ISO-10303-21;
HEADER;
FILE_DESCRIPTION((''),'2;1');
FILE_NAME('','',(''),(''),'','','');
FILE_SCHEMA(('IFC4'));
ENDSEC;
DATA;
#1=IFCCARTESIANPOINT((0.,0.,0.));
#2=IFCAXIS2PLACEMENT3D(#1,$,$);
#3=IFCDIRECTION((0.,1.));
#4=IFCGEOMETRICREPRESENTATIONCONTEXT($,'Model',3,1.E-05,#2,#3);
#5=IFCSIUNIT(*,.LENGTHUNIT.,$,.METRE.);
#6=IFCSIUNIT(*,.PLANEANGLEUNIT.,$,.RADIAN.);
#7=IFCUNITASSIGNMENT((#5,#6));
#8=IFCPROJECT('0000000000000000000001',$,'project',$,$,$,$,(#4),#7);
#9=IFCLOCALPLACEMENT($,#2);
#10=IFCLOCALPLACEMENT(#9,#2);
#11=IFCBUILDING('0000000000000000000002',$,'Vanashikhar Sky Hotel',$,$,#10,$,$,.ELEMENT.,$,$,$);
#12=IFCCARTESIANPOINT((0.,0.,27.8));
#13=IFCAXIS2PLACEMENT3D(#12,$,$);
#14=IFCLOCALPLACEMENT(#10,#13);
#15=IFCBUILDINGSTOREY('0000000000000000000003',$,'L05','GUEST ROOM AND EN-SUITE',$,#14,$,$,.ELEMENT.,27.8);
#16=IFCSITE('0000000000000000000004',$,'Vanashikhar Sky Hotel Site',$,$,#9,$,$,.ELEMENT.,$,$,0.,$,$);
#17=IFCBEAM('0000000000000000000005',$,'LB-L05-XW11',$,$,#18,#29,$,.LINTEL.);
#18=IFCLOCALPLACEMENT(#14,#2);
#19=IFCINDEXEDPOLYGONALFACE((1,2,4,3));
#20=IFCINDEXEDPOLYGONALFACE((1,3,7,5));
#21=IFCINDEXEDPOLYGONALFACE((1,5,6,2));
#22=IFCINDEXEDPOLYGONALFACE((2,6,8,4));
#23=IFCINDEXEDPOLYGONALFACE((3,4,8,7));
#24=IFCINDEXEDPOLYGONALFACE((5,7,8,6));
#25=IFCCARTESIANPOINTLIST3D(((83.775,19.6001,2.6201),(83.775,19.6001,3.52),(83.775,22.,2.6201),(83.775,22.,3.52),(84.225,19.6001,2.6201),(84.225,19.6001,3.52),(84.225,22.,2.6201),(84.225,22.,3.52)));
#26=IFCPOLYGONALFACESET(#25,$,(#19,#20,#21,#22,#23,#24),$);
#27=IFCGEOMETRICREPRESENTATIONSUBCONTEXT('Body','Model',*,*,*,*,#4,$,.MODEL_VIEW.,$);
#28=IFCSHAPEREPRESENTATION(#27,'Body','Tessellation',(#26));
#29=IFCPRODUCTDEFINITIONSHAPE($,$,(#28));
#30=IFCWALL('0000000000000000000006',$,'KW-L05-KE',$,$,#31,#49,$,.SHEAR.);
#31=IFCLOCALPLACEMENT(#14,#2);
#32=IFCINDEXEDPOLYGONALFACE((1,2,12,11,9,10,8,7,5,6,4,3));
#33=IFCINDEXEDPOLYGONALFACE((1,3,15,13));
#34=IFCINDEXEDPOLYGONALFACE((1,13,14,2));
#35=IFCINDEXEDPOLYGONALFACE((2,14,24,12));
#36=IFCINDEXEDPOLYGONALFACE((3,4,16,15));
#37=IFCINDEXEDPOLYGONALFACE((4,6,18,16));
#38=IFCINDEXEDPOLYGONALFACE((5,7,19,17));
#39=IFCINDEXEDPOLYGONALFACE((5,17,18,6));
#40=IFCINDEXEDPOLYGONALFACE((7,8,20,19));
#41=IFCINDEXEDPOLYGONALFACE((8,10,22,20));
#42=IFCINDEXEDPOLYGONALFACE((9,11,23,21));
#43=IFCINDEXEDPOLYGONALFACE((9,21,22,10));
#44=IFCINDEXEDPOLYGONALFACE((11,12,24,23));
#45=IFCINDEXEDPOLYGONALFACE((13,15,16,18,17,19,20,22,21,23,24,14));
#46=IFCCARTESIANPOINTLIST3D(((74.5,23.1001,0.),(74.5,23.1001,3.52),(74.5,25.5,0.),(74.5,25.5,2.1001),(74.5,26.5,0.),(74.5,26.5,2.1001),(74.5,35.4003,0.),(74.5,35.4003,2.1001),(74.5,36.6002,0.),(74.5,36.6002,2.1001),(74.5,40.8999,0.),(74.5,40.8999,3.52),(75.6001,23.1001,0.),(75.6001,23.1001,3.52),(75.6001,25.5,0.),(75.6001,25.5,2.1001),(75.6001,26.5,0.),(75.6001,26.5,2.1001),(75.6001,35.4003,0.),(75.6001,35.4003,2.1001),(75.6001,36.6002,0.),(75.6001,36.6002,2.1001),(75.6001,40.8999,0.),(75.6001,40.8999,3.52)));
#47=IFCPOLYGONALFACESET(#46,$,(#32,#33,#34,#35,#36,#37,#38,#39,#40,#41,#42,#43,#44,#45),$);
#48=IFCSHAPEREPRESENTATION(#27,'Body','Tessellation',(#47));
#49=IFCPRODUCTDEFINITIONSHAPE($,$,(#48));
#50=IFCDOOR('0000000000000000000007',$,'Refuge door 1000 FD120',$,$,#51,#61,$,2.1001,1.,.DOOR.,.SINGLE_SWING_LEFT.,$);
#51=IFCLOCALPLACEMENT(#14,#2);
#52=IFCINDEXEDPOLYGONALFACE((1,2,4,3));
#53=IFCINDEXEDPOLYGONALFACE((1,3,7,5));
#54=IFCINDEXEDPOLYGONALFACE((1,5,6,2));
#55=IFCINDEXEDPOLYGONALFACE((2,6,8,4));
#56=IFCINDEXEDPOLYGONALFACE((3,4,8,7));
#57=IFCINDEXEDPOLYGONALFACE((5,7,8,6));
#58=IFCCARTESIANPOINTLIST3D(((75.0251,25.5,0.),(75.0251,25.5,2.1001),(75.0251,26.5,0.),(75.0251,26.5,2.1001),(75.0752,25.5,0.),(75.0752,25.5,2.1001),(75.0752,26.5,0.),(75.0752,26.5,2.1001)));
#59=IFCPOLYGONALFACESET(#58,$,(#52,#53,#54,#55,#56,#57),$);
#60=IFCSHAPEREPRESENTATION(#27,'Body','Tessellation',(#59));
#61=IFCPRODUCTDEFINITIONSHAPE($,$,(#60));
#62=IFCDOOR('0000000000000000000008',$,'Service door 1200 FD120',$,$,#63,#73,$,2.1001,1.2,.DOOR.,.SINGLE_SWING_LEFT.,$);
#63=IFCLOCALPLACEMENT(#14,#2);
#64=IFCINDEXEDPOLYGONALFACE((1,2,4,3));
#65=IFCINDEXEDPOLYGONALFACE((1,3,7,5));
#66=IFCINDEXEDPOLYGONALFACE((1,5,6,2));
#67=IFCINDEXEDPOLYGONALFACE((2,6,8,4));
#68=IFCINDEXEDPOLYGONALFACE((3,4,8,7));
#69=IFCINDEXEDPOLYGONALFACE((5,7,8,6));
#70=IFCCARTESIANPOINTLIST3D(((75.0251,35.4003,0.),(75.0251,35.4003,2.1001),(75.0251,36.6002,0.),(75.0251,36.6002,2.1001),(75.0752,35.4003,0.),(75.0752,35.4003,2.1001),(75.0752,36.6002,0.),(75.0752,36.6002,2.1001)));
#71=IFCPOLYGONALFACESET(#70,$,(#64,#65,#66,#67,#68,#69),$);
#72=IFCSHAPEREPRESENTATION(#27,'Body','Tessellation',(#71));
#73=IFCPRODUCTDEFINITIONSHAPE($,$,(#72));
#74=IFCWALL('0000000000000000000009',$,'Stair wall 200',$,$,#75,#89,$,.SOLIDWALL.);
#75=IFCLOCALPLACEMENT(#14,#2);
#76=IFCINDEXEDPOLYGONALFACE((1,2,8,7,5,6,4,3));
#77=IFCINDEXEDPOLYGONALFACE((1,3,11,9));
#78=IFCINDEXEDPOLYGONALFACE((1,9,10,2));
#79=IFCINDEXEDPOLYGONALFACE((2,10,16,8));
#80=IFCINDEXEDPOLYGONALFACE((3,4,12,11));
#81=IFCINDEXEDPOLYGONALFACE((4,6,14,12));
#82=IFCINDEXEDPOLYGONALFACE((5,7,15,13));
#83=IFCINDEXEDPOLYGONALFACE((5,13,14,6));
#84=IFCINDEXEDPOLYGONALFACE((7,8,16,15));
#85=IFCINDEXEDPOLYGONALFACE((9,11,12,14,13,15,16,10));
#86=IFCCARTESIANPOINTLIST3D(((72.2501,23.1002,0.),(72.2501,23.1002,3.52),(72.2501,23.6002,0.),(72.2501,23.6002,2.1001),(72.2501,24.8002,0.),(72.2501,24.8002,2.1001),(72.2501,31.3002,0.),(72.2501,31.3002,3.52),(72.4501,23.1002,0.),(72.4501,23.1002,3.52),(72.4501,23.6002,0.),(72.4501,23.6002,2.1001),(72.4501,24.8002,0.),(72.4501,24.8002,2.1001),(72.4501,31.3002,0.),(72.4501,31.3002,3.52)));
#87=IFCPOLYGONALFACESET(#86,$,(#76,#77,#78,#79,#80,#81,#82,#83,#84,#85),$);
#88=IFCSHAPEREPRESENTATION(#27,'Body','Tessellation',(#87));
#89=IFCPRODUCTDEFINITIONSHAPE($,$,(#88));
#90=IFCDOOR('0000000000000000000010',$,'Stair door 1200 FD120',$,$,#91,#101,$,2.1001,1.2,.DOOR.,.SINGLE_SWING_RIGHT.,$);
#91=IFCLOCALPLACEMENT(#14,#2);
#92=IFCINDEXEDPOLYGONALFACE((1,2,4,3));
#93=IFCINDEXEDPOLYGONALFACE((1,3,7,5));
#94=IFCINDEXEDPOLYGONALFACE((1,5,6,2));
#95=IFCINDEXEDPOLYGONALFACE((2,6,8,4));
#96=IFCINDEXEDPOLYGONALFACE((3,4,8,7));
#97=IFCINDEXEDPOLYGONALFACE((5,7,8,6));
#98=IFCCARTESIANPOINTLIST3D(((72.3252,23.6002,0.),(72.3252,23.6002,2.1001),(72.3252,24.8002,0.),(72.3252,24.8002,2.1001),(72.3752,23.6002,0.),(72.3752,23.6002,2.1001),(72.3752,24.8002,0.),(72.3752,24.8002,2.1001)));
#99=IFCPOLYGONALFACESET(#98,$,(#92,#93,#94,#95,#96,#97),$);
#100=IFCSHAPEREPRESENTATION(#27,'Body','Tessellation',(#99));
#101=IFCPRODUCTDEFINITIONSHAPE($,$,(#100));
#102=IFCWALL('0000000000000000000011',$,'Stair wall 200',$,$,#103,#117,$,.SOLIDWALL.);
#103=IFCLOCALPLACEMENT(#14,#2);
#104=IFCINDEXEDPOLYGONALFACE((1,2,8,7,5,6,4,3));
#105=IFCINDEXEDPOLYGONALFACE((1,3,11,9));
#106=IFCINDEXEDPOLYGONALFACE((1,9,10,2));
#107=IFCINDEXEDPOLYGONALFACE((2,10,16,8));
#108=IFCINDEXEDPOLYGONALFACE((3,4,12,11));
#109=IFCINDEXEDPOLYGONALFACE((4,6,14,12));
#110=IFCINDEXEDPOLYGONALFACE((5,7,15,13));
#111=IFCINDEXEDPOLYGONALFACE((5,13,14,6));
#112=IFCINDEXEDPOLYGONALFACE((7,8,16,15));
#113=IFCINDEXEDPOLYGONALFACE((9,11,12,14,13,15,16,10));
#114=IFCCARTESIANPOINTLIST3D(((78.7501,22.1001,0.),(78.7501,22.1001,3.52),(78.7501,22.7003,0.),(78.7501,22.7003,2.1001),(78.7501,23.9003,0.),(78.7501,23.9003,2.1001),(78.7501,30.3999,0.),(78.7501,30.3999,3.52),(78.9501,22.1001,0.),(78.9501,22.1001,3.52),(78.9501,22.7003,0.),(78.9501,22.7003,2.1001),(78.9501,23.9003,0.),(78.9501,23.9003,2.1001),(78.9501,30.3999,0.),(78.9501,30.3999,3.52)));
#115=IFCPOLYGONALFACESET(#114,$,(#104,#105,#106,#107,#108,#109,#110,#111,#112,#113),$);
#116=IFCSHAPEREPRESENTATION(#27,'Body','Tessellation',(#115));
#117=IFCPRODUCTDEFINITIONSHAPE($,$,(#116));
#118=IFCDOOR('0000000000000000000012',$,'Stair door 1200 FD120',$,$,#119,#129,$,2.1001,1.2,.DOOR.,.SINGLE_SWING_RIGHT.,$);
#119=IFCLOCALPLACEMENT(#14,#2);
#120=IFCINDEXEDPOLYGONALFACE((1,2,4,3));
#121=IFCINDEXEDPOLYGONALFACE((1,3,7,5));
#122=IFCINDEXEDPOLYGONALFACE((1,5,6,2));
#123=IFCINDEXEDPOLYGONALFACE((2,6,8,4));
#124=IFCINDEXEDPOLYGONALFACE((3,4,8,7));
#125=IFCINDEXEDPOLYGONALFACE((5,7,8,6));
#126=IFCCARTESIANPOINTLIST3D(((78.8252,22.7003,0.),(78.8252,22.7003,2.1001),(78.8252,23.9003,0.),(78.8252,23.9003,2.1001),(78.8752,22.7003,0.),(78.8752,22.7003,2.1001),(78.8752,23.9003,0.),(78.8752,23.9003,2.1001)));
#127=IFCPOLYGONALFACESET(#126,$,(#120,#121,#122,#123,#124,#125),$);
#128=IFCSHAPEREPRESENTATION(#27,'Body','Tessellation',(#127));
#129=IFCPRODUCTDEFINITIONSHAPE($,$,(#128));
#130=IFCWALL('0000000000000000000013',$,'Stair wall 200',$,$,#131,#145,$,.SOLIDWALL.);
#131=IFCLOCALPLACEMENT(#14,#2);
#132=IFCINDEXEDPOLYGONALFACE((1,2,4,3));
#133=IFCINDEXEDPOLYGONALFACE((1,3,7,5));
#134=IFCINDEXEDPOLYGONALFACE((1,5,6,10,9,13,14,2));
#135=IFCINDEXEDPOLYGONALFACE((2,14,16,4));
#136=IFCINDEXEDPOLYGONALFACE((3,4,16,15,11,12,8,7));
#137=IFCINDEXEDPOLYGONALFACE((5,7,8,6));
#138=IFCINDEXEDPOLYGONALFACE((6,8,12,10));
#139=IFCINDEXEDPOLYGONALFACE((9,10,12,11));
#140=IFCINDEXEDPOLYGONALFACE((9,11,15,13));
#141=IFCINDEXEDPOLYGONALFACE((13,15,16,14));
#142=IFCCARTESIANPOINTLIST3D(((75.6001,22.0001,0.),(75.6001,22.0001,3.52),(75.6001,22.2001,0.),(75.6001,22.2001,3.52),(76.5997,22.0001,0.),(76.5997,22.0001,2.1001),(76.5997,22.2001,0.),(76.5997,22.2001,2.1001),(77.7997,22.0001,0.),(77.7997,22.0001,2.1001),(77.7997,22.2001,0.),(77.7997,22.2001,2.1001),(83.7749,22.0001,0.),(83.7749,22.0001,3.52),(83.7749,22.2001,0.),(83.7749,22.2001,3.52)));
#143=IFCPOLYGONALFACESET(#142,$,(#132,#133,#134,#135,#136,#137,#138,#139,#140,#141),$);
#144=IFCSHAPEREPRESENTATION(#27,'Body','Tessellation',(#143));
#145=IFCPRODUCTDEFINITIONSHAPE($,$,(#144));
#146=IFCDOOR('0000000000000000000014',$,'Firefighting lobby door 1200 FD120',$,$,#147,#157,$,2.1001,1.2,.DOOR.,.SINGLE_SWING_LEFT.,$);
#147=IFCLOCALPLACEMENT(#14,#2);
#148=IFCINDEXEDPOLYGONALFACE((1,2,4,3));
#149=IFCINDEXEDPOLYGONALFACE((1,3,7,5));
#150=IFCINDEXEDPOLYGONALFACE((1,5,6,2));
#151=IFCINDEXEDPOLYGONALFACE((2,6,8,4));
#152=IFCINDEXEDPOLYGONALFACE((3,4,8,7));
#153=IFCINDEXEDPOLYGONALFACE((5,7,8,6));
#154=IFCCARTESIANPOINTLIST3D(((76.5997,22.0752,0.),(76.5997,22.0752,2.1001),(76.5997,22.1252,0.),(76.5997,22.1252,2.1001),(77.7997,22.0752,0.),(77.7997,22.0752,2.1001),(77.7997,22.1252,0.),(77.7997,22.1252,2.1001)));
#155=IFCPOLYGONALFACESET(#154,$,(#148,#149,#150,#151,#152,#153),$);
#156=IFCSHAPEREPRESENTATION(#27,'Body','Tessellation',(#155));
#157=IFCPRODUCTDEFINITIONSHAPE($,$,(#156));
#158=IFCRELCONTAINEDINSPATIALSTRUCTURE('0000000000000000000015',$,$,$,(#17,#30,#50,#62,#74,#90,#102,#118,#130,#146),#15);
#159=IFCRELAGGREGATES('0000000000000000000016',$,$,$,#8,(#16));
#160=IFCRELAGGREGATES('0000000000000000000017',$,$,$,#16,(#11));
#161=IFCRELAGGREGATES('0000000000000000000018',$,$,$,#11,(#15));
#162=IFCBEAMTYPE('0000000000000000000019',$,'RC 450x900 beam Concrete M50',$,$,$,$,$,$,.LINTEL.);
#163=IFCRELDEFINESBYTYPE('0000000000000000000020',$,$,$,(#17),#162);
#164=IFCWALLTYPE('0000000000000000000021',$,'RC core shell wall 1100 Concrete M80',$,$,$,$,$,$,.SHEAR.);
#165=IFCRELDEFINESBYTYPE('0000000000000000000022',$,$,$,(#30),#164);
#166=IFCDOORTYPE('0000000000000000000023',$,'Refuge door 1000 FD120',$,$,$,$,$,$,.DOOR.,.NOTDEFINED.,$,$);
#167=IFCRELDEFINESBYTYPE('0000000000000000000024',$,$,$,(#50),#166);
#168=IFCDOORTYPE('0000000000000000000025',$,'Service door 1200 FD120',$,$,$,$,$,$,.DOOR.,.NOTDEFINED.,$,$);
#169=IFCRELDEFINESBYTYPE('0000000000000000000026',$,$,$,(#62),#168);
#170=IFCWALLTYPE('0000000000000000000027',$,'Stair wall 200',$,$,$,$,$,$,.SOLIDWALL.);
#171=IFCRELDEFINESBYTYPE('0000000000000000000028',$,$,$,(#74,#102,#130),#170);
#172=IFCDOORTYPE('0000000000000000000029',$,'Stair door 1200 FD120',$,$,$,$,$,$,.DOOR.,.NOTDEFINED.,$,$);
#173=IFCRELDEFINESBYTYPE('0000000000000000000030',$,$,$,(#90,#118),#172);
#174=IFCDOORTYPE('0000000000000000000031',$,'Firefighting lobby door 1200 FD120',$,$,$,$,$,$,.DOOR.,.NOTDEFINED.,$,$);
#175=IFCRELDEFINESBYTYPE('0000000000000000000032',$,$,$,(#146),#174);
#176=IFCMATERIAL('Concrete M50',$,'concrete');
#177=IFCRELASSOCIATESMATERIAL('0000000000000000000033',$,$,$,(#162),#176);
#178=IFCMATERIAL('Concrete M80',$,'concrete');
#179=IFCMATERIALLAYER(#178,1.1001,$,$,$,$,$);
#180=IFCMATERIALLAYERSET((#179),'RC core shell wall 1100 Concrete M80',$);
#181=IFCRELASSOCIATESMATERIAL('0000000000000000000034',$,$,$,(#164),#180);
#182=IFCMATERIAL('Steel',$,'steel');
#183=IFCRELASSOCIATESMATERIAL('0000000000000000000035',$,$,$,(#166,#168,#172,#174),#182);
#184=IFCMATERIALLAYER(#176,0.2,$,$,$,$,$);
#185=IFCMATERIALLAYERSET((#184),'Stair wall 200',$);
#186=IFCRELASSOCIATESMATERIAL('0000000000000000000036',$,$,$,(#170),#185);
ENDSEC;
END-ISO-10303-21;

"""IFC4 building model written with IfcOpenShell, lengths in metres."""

from ifc_helpers import new_model, si_unit, direction, frame, frame_2d, origin, origin_2d, place, context, subcontext, project, spatial, rectangle, extrude, source, transform, mapped, material, layer, layer_set, material_profile, profile_set, type_object, element, fill, save


model = new_model("IFC4")

# Units and contexts
model_context = context("Model", 3, precision=1e-05, world=origin(), true_north=direction((0.0, 1.0)))
body_context = subcontext(model_context, "Body", "Model", "MODEL_VIEW")
ifc_project = project(units=[si_unit("LENGTHUNIT", "METRE"), si_unit("PLANEANGLEUNIT", "RADIAN")], contexts=[model_context])

# Site, building, storey
site_placement = place(None, origin())
site = spatial("IfcSite", under=ifc_project, at=site_placement, Name="Vanashikhar Sky Hotel Site", CompositionType="ELEMENT", RefElevation=0.0)
building_placement = place(site_placement, origin())
building = spatial("IfcBuilding", under=site, at=building_placement, Name="Vanashikhar Sky Hotel", CompositionType="ELEMENT")
storey_placement = place(building_placement, frame((0.0, 0.0, 27.8)))
storey = spatial("IfcBuildingStorey", under=building, at=storey_placement, Name="L05", Description="GUEST ROOM AND EN-SUITE", CompositionType="ELEMENT", Elevation=27.8)

# Beam
ifc_material_1 = material(Name="Concrete M50", Category="concrete")
ifc_material_profile = material_profile(ifc_material_1, rectangle(XDim=0.45, YDim=0.8999, at=origin_2d()))
ifc_profile_set = profile_set([ifc_material_profile], Name="RC 450x900 beam Concrete M50")
beam_type = type_object("IfcBeamType", Name="RC 450x900 beam Concrete M50", PredefinedType="LINTEL", material=ifc_profile_set)
shared_shape_1 = source(origin(), body_context, "Body", "SweptSolid", [
    extrude(rectangle(XDim=0.45, YDim=0.8999, at=origin_2d()), origin(), (0.0, 0.0, 1.0), 2.3999),
])
beam_placement = place(storey_placement, frame((84.0, 19.6001, 3.0701), z_axis=(0.0, 1.0, 0.0), x_axis=(-1.0, 0.0, 0.0)))
element("IfcBeam", 1, at=beam_placement, inside=storey, type_object=beam_type, Name="LB-L05-XW11", PredefinedType="LINTEL", context=body_context, shape_type="MappedRepresentation", body=[
    mapped(shared_shape_1, transform((0.0, 0.0, 0.0), scale=1.0)),
])

# Wall, openings, doors
ifc_material_2 = material(Name="Concrete M80", Category="concrete")
ifc_layer_1 = layer(ifc_material_2, 1.1001)
ifc_layer_set_1 = layer_set([ifc_layer_1], Name="RC core shell wall 1100 Concrete M80")
wall_type_1 = type_object("IfcWallType", Name="RC core shell wall 1100 Concrete M80", PredefinedType="SHEAR", material=ifc_layer_set_1)
shared_shape_2 = source(origin(), body_context, "Body", "SweptSolid", [
    extrude(rectangle(XDim=17.7998, YDim=1.1001, at=frame_2d((8.8999, 0.0))), origin(), (0.0, 0.0, 1.0), 3.52),
])
wall_1_placement = place(storey_placement, frame((75.05, 23.1001, 0.0), z_axis=(0.0, 0.0, 1.0), x_axis=(0.0, 1.0, 0.0)))
wall_1 = element("IfcWall", 2, at=wall_1_placement, inside=storey, type_object=wall_type_1, Name="KW-L05-KE", PredefinedType="SHEAR", context=body_context, shape_type="MappedRepresentation", body=[
    mapped(shared_shape_2, transform((0.0, 0.0, 0.0), scale=1.0)),
])
shared_shape_3 = source(origin(), body_context, "Body", "SweptSolid", [
    extrude(rectangle(XDim=1.0, YDim=2.1001, at=frame_2d((0.5, 1.05))), frame((0.0, 0.5601, 0.0), z_axis=(0.0, -1.0, 0.0), x_axis=(1.0, 0.0, 0.0)), (0.0, 0.0, 1.0), 1.1201),
])
opening_1_placement = place(wall_1_placement, frame((2.3999, 0.0, 0.0)))
opening_1 = element("IfcOpeningElement", 3, at=opening_1_placement, cuts=wall_1, PredefinedType="OPENING", context=body_context, shape_type="MappedRepresentation", body=[
    mapped(shared_shape_3, transform((0.0, 0.0, 0.0), scale=1.0)),
])
shared_shape_4 = source(origin(), body_context, "Body", "SweptSolid", [
    extrude(rectangle(XDim=1.2, YDim=2.1001, at=frame_2d((0.6001, 1.05))), frame((0.0, 0.5601, 0.0), z_axis=(0.0, -1.0, 0.0), x_axis=(1.0, 0.0, 0.0)), (0.0, 0.0, 1.0), 1.1201),
])
opening_2_placement = place(wall_1_placement, frame((12.3, 0.0, 0.0)))
opening_2 = element("IfcOpeningElement", 4, at=opening_2_placement, cuts=wall_1, PredefinedType="OPENING", context=body_context, shape_type="MappedRepresentation", body=[
    mapped(shared_shape_4, transform((0.0, 0.0, 0.0), scale=1.0)),
])
ifc_material_3 = material(Name="Steel", Category="steel")
door_type_1 = type_object("IfcDoorType", Name="Refuge door 1000 FD120", OperationType="NOTDEFINED", PredefinedType="DOOR", material=ifc_material_3)
shared_shape_5 = source(origin(), body_context, "Body", "SweptSolid", [
    extrude(rectangle(XDim=1.0, YDim=2.1001, at=frame_2d((0.5, 1.05))), frame((0.0, 0.0249, 0.0), z_axis=(0.0, -1.0, 0.0), x_axis=(1.0, 0.0, 0.0)), (0.0, 0.0, 1.0), 0.05),
])
door_1_placement = place(opening_1_placement, origin())
door_1 = element("IfcDoor", 5, at=door_1_placement, inside=storey, type_object=door_type_1, Name="Refuge door 1000 FD120", OperationType="SINGLE_SWING_LEFT", OverallHeight=2.1001, OverallWidth=1.0, PredefinedType="DOOR", context=body_context, shape_type="MappedRepresentation", body=[
    mapped(shared_shape_5, transform((0.0, 0.0, 0.0), scale=1.0)),
])
fill(opening_1, door_1)
door_type_2 = type_object("IfcDoorType", Name="Service door 1200 FD120", OperationType="NOTDEFINED", PredefinedType="DOOR", material=ifc_material_3)
shared_shape_6 = source(origin(), body_context, "Body", "SweptSolid", [
    extrude(rectangle(XDim=1.2, YDim=2.1001, at=frame_2d((0.6001, 1.05))), frame((0.0, 0.0249, 0.0), z_axis=(0.0, -1.0, 0.0), x_axis=(1.0, 0.0, 0.0)), (0.0, 0.0, 1.0), 0.05),
])
door_2_placement = place(opening_2_placement, origin())
door_2 = element("IfcDoor", 6, at=door_2_placement, inside=storey, type_object=door_type_2, Name="Service door 1200 FD120", OperationType="SINGLE_SWING_LEFT", OverallHeight=2.1001, OverallWidth=1.2, PredefinedType="DOOR", context=body_context, shape_type="MappedRepresentation", body=[
    mapped(shared_shape_6, transform((0.0, 0.0, 0.0), scale=1.0)),
])
fill(opening_2, door_2)

# Walls, openings, doors
ifc_layer_2 = layer(ifc_material_1, 0.2)
ifc_layer_set_2 = layer_set([ifc_layer_2], Name="Stair wall 200")
wall_type_2 = type_object("IfcWallType", Name="Stair wall 200", PredefinedType="SOLIDWALL", material=ifc_layer_set_2)
shared_shape_7 = source(origin(), body_context, "Body", "SweptSolid", [
    extrude(rectangle(XDim=8.2, YDim=0.2, at=frame_2d((4.1001, 0.0))), origin(), (0.0, 0.0, 1.0), 3.52),
])
wall_2_placement = place(storey_placement, frame((72.3501, 23.1001, 0.0), z_axis=(0.0, 0.0, 1.0), x_axis=(0.0, 1.0, 0.0)))
wall_2 = element("IfcWall", 7, at=wall_2_placement, inside=storey, type_object=wall_type_2, Name="Stair wall 200", PredefinedType="SOLIDWALL", context=body_context, shape_type="MappedRepresentation", body=[
    mapped(shared_shape_7, transform((0.0, 0.0, 0.0), scale=1.0)),
])
shared_shape_8 = source(origin(), body_context, "Body", "SweptSolid", [
    extrude(rectangle(XDim=1.2, YDim=2.1001, at=frame_2d((0.6001, 1.05))), frame((0.0, 0.1099, 0.0), z_axis=(0.0, -1.0, 0.0), x_axis=(1.0, 0.0, 0.0)), (0.0, 0.0, 1.0), 0.22),
])
opening_3_placement = place(wall_2_placement, frame((0.5, 0.0, 0.0)))
opening_3 = element("IfcOpeningElement", 8, at=opening_3_placement, cuts=wall_2, PredefinedType="OPENING", context=body_context, shape_type="MappedRepresentation", body=[
    mapped(shared_shape_8, transform((0.0, 0.0, 0.0), scale=1.0)),
])
door_type_3 = type_object("IfcDoorType", Name="Stair door 1200 FD120", OperationType="NOTDEFINED", PredefinedType="DOOR", material=ifc_material_3)
door_3_placement = place(opening_3_placement, origin())
door_3 = element("IfcDoor", 9, at=door_3_placement, inside=storey, type_object=door_type_3, Name="Stair door 1200 FD120", OperationType="SINGLE_SWING_RIGHT", OverallHeight=2.1001, OverallWidth=1.2, PredefinedType="DOOR", context=body_context, shape_type="MappedRepresentation", body=[
    mapped(shared_shape_6, transform((0.0, 0.0, 0.0), scale=1.0)),
])
fill(opening_3, door_3)
shared_shape_9 = source(origin(), body_context, "Body", "SweptSolid", [
    extrude(rectangle(XDim=8.2998, YDim=0.2, at=frame_2d((4.1499, 0.0))), origin(), (0.0, 0.0, 1.0), 3.52),
])
wall_3_placement = place(storey_placement, frame((78.8501, 22.1001, 0.0), z_axis=(0.0, 0.0, 1.0), x_axis=(0.0, 1.0, 0.0)))
wall_3 = element("IfcWall", 10, at=wall_3_placement, inside=storey, type_object=wall_type_2, Name="Stair wall 200", PredefinedType="SOLIDWALL", context=body_context, shape_type="MappedRepresentation", body=[
    mapped(shared_shape_9, transform((0.0, 0.0, 0.0), scale=1.0)),
])
opening_4_placement = place(wall_3_placement, frame((0.6001, 0.0, 0.0)))
opening_4 = element("IfcOpeningElement", 11, at=opening_4_placement, cuts=wall_3, PredefinedType="OPENING", context=body_context, shape_type="MappedRepresentation", body=[
    mapped(shared_shape_8, transform((0.0, 0.0, 0.0), scale=1.0)),
])
door_4_placement = place(opening_4_placement, origin())
door_4 = element("IfcDoor", 12, at=door_4_placement, inside=storey, type_object=door_type_3, Name="Stair door 1200 FD120", OperationType="SINGLE_SWING_RIGHT", OverallHeight=2.1001, OverallWidth=1.2, PredefinedType="DOOR", context=body_context, shape_type="MappedRepresentation", body=[
    mapped(shared_shape_6, transform((0.0, 0.0, 0.0), scale=1.0)),
])
fill(opening_4, door_4)
shared_shape_10 = source(origin(), body_context, "Body", "SweptSolid", [
    extrude(rectangle(XDim=8.1748, YDim=0.2, at=frame_2d((4.0874, 0.0))), origin(), (0.0, 0.0, 1.0), 3.52),
])
wall_4_placement = place(storey_placement, frame((83.7749, 22.1001, 0.0), z_axis=(0.0, 0.0, 1.0), x_axis=(-1.0, 0.0, 0.0)))
wall_4 = element("IfcWall", 13, at=wall_4_placement, inside=storey, type_object=wall_type_2, Name="Stair wall 200", PredefinedType="SOLIDWALL", context=body_context, shape_type="MappedRepresentation", body=[
    mapped(shared_shape_10, transform((0.0, 0.0, 0.0), scale=1.0)),
])
opening_5_placement = place(wall_4_placement, frame((5.9751, 0.0, 0.0)))
opening_5 = element("IfcOpeningElement", 14, at=opening_5_placement, cuts=wall_4, PredefinedType="OPENING", context=body_context, shape_type="MappedRepresentation", body=[
    mapped(shared_shape_8, transform((0.0, 0.0, 0.0), scale=1.0)),
])
door_type_4 = type_object("IfcDoorType", Name="Firefighting lobby door 1200 FD120", OperationType="NOTDEFINED", PredefinedType="DOOR", material=ifc_material_3)
door_5_placement = place(opening_5_placement, origin())
door_5 = element("IfcDoor", 15, at=door_5_placement, inside=storey, type_object=door_type_4, Name="Firefighting lobby door 1200 FD120", OperationType="SINGLE_SWING_LEFT", OverallHeight=2.1001, OverallWidth=1.2, PredefinedType="DOOR", context=body_context, shape_type="MappedRepresentation", body=[
    mapped(shared_shape_6, transform((0.0, 0.0, 0.0), scale=1.0)),
])
fill(opening_5, door_5)

save(model, "model.ifc")
